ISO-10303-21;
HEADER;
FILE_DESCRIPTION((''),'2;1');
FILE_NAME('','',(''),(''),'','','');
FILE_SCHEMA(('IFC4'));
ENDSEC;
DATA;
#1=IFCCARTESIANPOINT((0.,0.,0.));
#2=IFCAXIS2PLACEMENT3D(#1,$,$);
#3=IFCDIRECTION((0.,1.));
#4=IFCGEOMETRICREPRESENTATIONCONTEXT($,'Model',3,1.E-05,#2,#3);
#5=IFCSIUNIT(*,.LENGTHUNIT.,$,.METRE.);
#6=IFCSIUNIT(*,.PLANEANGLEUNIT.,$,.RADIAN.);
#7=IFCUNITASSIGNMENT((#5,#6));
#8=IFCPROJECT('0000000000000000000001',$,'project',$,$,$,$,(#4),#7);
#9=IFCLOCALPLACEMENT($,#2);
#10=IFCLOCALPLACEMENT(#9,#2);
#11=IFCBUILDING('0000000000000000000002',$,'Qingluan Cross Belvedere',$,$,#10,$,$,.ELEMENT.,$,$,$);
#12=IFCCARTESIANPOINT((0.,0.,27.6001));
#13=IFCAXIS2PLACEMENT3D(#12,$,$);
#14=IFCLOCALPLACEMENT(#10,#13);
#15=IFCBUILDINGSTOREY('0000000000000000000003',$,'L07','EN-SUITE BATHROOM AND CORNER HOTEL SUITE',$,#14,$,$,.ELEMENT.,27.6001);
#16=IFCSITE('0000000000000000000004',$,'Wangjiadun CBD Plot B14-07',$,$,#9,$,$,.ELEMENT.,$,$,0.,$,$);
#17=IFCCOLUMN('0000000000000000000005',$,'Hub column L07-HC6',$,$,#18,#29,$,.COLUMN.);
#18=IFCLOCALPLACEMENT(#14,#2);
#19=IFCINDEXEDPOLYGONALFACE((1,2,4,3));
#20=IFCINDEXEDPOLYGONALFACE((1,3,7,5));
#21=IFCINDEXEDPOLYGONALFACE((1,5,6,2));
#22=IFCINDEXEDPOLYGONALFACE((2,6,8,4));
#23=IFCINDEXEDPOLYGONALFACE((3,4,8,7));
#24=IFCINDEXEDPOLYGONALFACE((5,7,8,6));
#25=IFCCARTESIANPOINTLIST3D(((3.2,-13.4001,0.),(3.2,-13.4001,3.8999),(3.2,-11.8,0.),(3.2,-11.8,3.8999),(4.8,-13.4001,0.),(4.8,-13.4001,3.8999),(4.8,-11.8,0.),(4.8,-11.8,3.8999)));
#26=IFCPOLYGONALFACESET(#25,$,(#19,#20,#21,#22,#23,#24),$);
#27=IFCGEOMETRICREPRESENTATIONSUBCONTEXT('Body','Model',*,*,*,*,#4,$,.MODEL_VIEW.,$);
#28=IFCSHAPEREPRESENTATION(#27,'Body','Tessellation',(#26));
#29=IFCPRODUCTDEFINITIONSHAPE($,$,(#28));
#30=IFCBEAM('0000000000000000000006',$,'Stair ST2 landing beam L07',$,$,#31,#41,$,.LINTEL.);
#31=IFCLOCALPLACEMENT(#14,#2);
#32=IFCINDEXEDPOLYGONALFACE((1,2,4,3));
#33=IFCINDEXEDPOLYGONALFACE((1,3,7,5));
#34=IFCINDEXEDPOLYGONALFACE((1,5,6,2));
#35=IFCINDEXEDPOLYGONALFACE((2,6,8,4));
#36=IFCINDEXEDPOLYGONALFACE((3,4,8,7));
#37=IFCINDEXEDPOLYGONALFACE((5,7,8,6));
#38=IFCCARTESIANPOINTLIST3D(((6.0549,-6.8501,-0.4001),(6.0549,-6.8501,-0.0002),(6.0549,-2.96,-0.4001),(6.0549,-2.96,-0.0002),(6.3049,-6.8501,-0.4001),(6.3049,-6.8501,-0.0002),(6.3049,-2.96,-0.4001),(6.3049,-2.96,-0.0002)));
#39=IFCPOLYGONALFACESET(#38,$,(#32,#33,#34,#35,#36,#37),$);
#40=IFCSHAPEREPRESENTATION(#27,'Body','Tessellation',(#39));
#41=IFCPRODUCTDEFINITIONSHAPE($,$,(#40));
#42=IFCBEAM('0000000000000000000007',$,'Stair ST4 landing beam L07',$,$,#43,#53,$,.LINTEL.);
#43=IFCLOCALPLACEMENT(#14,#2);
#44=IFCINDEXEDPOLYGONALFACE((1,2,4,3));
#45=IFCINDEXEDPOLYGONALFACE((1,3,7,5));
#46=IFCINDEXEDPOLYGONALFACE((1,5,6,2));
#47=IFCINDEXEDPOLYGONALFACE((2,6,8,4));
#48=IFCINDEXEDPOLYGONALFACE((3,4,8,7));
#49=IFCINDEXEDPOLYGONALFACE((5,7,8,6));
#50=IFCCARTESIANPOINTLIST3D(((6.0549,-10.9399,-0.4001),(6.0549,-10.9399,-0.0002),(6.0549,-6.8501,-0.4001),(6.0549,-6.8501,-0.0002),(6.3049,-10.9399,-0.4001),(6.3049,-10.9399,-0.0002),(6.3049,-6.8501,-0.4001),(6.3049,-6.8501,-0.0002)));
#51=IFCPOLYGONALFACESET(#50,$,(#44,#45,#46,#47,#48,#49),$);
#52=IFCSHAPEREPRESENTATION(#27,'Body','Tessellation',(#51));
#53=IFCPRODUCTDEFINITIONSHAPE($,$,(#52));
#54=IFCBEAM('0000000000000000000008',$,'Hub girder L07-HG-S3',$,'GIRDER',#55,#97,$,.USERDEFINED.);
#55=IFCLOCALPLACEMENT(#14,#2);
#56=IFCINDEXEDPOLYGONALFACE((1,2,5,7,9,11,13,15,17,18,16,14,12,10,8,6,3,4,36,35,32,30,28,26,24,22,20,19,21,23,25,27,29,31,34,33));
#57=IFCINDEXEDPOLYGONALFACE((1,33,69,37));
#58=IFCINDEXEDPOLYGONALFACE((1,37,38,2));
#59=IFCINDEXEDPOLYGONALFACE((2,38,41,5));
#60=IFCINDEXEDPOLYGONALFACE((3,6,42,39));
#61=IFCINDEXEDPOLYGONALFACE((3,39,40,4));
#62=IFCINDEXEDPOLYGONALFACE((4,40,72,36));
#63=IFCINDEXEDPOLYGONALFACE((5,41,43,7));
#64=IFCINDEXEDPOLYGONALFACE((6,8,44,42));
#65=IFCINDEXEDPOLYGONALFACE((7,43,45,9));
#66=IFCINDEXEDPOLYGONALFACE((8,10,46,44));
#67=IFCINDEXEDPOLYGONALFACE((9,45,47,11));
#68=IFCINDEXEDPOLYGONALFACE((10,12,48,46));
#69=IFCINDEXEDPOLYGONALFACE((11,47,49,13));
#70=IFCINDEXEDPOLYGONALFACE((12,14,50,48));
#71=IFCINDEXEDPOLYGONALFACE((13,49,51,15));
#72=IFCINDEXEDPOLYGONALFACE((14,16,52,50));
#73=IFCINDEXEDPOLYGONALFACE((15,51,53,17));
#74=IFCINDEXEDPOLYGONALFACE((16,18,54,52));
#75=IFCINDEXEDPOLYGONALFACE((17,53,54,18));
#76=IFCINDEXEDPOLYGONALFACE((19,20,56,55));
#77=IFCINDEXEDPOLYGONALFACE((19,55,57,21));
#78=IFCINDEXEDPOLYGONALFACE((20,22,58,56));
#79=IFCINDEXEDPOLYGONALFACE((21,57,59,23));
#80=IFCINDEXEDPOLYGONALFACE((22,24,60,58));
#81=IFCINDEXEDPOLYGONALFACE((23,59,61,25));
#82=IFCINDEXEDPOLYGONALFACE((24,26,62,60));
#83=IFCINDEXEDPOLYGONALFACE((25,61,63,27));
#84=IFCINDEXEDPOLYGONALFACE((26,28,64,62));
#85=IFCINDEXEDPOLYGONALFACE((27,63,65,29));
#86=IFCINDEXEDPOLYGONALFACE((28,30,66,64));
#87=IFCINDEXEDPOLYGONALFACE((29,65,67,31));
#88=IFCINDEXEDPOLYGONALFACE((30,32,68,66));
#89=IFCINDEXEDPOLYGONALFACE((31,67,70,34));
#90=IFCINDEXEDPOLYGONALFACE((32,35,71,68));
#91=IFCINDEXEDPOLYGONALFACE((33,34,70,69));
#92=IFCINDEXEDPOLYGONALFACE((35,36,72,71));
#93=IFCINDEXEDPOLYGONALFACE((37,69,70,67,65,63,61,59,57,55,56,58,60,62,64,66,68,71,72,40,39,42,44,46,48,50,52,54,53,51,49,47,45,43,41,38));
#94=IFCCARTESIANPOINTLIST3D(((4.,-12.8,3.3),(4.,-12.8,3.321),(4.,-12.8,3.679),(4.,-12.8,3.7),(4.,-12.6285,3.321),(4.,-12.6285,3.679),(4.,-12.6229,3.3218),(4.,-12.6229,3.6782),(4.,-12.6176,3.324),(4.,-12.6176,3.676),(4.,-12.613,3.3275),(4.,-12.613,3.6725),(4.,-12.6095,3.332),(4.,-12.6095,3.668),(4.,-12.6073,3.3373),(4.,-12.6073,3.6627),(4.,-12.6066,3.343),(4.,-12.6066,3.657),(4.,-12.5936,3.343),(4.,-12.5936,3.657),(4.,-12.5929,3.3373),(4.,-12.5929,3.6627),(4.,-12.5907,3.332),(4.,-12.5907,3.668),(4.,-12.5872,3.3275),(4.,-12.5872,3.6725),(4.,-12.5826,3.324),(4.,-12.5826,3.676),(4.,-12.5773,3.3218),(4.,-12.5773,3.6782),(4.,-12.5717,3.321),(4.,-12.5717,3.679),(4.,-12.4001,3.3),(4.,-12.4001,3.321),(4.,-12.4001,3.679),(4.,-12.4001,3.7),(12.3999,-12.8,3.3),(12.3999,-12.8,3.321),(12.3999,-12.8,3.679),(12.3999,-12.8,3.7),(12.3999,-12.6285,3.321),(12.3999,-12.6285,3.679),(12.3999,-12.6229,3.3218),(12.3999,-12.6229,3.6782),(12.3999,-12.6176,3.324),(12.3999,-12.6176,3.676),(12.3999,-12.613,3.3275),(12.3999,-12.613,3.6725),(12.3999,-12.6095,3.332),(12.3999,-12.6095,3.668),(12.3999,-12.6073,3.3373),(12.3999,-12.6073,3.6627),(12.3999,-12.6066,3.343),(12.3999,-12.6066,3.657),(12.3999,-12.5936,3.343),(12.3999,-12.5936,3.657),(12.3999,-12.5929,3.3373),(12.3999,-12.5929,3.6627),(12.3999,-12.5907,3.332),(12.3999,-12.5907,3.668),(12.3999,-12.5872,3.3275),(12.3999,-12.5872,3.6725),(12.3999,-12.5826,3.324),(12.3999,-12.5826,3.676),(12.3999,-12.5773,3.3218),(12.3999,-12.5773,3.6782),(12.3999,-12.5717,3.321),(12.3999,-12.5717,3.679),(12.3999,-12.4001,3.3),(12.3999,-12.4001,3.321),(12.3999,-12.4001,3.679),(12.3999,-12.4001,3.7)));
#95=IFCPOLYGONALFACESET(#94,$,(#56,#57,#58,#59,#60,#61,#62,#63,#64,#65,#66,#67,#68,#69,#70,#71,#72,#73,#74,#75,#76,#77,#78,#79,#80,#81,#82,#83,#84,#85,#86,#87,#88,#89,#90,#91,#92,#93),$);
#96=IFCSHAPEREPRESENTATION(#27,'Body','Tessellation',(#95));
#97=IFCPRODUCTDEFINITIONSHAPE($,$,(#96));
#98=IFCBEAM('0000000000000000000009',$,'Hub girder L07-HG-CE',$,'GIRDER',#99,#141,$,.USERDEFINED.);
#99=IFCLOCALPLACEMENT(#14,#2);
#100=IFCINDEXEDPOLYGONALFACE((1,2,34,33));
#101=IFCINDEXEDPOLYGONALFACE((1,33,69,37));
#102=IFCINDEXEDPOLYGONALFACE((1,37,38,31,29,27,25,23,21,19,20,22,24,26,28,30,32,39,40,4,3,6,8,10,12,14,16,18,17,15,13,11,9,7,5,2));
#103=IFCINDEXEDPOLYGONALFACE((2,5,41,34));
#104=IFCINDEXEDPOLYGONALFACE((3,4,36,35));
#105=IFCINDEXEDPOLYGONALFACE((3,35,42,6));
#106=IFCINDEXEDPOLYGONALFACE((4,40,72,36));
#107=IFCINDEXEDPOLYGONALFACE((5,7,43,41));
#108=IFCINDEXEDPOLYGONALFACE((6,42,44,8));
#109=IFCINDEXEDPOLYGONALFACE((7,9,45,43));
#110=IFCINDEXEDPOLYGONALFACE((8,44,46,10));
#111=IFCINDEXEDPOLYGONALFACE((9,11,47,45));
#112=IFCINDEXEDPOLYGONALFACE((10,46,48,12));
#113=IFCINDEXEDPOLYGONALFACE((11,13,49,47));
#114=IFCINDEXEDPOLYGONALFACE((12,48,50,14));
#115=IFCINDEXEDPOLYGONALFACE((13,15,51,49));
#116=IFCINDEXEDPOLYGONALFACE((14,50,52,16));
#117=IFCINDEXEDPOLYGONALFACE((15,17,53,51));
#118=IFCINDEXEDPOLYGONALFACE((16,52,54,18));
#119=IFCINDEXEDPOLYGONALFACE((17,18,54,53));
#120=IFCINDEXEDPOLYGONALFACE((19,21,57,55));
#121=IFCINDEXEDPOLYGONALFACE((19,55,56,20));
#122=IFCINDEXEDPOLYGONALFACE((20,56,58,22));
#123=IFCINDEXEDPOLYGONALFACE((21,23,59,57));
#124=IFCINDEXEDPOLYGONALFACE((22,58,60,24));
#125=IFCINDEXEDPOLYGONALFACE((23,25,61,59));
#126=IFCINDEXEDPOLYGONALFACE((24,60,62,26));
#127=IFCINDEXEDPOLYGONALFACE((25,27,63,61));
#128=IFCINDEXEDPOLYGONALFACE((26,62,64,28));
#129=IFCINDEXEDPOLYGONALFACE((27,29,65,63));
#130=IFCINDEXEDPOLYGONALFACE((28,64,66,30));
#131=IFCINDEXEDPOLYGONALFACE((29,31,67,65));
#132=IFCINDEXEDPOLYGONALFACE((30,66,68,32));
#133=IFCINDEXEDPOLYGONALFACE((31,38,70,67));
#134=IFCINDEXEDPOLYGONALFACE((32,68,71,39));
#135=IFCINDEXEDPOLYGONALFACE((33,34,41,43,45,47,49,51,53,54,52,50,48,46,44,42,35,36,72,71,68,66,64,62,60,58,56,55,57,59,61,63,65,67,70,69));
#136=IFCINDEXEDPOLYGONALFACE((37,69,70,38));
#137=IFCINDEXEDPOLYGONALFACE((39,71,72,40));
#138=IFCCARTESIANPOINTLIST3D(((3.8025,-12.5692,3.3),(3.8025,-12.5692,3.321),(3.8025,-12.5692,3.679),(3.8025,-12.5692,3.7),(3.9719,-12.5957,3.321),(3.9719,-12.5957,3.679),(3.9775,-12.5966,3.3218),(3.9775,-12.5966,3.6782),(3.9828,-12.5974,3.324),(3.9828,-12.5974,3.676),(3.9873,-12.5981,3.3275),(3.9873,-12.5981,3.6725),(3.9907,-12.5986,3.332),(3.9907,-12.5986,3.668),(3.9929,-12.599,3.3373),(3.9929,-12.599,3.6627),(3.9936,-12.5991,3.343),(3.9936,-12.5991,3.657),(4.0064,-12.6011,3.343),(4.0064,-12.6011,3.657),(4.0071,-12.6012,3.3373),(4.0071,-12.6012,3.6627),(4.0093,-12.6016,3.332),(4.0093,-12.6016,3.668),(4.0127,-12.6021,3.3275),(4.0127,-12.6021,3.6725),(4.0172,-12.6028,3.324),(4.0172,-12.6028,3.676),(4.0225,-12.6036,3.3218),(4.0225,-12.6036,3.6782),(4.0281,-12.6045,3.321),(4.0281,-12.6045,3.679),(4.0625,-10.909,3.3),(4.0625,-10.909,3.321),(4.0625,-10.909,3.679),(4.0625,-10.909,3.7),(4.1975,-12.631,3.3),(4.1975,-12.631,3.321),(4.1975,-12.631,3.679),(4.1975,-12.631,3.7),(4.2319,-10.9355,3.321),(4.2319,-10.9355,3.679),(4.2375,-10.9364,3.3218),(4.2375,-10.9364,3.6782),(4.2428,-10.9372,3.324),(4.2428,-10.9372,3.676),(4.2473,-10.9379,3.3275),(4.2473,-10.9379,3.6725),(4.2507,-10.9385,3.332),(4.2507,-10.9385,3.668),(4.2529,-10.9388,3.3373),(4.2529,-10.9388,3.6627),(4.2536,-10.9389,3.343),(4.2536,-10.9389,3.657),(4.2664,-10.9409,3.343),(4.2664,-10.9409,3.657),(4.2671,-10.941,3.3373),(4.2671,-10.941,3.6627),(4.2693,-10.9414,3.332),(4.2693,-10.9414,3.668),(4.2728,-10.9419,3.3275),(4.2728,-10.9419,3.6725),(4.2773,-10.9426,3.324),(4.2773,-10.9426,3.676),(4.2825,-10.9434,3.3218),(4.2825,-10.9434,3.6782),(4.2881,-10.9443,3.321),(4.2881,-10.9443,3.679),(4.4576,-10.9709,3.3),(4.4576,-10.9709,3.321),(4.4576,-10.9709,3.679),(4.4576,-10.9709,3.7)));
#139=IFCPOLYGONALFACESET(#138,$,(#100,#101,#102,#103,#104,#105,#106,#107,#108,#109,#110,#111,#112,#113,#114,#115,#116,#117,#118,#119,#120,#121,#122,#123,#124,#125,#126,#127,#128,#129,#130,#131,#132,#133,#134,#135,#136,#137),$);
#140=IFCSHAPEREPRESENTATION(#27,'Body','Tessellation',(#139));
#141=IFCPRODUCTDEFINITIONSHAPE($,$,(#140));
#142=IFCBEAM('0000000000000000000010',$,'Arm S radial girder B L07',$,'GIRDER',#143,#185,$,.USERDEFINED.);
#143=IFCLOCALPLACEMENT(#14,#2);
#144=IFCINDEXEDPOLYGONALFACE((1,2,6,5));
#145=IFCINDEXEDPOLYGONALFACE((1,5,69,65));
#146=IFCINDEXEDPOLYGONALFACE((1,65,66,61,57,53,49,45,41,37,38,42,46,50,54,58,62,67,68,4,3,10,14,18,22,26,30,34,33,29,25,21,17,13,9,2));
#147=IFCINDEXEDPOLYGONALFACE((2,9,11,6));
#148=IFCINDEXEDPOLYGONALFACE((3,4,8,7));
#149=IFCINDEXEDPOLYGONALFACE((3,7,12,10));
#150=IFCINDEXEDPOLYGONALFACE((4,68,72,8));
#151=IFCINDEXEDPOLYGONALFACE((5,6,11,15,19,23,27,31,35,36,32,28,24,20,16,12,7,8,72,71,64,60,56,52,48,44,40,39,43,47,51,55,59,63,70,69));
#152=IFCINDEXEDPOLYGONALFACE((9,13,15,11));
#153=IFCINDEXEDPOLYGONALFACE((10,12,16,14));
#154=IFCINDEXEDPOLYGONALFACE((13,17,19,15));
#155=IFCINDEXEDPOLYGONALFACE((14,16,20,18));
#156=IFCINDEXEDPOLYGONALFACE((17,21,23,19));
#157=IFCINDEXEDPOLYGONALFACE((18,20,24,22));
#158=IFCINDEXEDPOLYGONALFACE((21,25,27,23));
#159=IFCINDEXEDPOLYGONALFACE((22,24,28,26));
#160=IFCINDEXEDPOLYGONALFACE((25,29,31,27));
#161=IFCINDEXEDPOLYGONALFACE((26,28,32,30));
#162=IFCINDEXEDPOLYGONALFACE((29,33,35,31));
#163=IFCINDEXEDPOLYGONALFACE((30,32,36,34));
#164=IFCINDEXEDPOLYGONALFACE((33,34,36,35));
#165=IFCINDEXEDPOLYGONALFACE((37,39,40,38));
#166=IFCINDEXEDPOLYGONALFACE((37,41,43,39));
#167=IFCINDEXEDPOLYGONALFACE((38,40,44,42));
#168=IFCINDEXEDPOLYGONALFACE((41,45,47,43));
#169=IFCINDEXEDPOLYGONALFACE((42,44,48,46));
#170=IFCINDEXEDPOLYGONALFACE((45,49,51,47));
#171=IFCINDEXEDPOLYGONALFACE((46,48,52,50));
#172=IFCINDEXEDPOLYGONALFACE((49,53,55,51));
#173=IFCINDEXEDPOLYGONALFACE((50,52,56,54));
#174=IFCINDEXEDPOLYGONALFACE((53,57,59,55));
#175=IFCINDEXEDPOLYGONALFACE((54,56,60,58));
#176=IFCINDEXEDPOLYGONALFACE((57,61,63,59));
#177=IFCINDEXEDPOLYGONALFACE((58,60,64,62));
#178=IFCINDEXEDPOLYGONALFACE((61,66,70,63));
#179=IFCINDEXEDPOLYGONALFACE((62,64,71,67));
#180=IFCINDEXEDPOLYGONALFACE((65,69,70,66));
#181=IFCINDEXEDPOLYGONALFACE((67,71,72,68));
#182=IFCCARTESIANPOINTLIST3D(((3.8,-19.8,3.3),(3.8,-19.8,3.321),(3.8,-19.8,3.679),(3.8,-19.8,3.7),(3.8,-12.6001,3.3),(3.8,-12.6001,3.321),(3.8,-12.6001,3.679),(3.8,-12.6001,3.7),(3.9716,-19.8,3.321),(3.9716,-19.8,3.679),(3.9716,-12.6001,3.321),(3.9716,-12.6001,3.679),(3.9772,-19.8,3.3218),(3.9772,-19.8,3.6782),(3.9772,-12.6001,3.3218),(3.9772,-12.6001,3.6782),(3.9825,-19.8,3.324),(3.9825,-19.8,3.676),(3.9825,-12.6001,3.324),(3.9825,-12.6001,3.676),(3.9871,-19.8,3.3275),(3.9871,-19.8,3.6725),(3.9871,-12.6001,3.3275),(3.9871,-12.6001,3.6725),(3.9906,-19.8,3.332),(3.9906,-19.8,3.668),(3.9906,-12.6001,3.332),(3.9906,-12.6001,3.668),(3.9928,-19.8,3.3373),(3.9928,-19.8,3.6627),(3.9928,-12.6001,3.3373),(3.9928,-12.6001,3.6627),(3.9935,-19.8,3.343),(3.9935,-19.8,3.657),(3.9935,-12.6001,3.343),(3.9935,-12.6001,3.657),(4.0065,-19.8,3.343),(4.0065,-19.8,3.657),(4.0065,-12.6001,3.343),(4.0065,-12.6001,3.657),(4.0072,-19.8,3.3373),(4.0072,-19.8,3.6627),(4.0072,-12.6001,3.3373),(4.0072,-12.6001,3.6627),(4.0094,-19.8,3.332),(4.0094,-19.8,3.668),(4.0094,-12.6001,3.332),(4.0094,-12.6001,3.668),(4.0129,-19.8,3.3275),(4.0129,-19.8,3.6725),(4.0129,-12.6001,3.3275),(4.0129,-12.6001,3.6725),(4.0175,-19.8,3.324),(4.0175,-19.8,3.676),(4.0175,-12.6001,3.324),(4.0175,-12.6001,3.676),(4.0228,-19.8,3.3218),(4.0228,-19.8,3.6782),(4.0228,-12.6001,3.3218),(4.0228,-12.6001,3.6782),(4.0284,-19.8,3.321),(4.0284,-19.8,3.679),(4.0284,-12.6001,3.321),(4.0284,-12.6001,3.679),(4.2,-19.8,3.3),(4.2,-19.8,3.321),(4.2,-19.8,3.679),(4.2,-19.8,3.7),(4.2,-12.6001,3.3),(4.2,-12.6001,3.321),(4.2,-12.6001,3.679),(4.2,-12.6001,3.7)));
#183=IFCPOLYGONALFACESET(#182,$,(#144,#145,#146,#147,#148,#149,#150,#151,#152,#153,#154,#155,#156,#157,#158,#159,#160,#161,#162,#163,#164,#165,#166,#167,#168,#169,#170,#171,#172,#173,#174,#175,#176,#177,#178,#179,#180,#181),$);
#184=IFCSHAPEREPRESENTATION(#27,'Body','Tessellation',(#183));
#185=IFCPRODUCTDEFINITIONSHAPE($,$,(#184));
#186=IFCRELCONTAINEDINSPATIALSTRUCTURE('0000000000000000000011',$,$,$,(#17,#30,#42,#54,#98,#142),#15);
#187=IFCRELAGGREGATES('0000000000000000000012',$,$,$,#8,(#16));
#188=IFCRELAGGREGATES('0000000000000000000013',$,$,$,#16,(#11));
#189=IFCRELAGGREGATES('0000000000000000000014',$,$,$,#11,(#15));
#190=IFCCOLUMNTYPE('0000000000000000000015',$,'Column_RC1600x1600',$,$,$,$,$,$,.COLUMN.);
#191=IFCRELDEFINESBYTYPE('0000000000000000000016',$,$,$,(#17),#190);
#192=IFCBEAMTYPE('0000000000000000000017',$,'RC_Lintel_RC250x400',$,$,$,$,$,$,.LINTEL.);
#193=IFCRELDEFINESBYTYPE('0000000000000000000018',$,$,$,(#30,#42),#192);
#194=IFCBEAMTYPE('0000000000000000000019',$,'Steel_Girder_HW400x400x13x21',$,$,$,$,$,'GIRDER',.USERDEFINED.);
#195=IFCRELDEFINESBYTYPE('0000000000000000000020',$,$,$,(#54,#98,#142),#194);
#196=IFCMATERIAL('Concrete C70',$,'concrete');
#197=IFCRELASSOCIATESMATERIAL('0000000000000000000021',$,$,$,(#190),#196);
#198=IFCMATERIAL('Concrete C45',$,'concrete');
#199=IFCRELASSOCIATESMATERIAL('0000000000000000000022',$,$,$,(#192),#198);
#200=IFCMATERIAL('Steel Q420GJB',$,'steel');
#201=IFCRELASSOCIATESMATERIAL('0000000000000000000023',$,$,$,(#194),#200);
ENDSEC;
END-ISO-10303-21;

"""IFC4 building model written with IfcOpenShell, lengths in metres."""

from ifc_helpers import new_model, si_unit, direction, frame, origin, origin_2d, place, context, subcontext, project, spatial, rectangle, i_section, extrude, material, material_profile, profile_set, type_object, element, save


model = new_model("IFC4")

# Units and contexts
model_context = context("Model", 3, precision=1e-05, world=origin(), true_north=direction((0.0, 1.0)))
body_context = subcontext(model_context, "Body", "Model", "MODEL_VIEW")
ifc_project = project(units=[si_unit("LENGTHUNIT", "METRE"), si_unit("PLANEANGLEUNIT", "RADIAN")], contexts=[model_context])

# Site, building, storey
site_placement = place(None, origin())
site = spatial("IfcSite", under=ifc_project, at=site_placement, Name="Wangjiadun CBD Plot B14-07", CompositionType="ELEMENT", RefElevation=0.0)
building_placement = place(site_placement, origin())
building = spatial("IfcBuilding", under=site, at=building_placement, Name="Qingluan Cross Belvedere", CompositionType="ELEMENT")
storey_placement = place(building_placement, frame((0.0, 0.0, 27.6001)))
storey = spatial("IfcBuildingStorey", under=building, at=storey_placement, Name="L07", Description="EN-SUITE BATHROOM AND CORNER HOTEL SUITE", CompositionType="ELEMENT", Elevation=27.6001)

# Column
ifc_material_1 = material(Name="Concrete C70", Category="concrete")
ifc_material_profile_1 = material_profile(ifc_material_1, rectangle(XDim=1.6001, YDim=1.6001, at=origin_2d()), Name="RC1600x1600")
ifc_profile_set_1 = profile_set([ifc_material_profile_1], Name="Concrete C70")
column_type = type_object("IfcColumnType", Name="Column_RC1600x1600", PredefinedType="COLUMN", material=ifc_profile_set_1)
column_placement = place(storey_placement, frame((4.0, -12.6001, 0.0), z_axis=(0.0, 0.0, 1.0), x_axis=(1.0, 0.0, 0.0)))
element("IfcColumn", 1, at=column_placement, inside=storey, type_object=column_type, Name="Hub column L07-HC6", PredefinedType="COLUMN", context=body_context, shape_type="SweptSolid", body=[
    extrude(rectangle(XDim=1.6001, YDim=1.6001, at=origin_2d()), origin(), (0.0, 0.0, 1.0), 3.8999),
])

# Beams
ifc_material_2 = material(Name="Concrete C45", Category="concrete")
ifc_material_profile_2 = material_profile(ifc_material_2, rectangle(XDim=0.25, YDim=0.3999, at=origin_2d()), Name="RC250x400")
ifc_profile_set_2 = profile_set([ifc_material_profile_2], Name="Concrete C45")
beam_type_1 = type_object("IfcBeamType", Name="RC_Lintel_RC250x400", PredefinedType="LINTEL", material=ifc_profile_set_2)
beam_1_placement = place(storey_placement, frame((6.1799, -6.8501, -0.2002), z_axis=(0.0, 1.0, 0.0), x_axis=(-1.0, 0.0, 0.0)))
element("IfcBeam", 2, at=beam_1_placement, inside=storey, type_object=beam_type_1, Name="Stair ST2 landing beam L07", PredefinedType="LINTEL", context=body_context, shape_type="SweptSolid", body=[
    extrude(rectangle(XDim=0.25, YDim=0.3999, at=origin_2d()), origin(), (0.0, 0.0, 1.0), 3.8901),
])
beam_2_placement = place(storey_placement, frame((6.1799, -10.9399, -0.2002), z_axis=(0.0, 1.0, 0.0), x_axis=(-1.0, 0.0, 0.0)))
element("IfcBeam", 3, at=beam_2_placement, inside=storey, type_object=beam_type_1, Name="Stair ST4 landing beam L07", PredefinedType="LINTEL", context=body_context, shape_type="SweptSolid", body=[
    extrude(rectangle(XDim=0.25, YDim=0.3999, at=origin_2d()), origin(), (0.0, 0.0, 1.0), 4.0898),
])
ifc_material_3 = material(Name="Steel Q420GJB", Category="steel")
ifc_material_profile_3 = material_profile(ifc_material_3, i_section(OverallWidth=0.3999, OverallDepth=0.3999, WebThickness=0.0129, FlangeThickness=0.021, FilletRadius=0.022, at=origin_2d()), Name="HW400x400x13x21")
ifc_profile_set_3 = profile_set([ifc_material_profile_3], Name="Steel Q420GJB")
beam_type_2 = type_object("IfcBeamType", Name="Steel_Girder_HW400x400x13x21", ElementType="GIRDER", PredefinedType="USERDEFINED", material=ifc_profile_set_3)
beam_3_placement = place(storey_placement, frame((4.0, -12.6001, 3.5), z_axis=(1.0, 0.0, 0.0), x_axis=(0.0, 1.0, 0.0)))
element("IfcBeam", 4, at=beam_3_placement, inside=storey, type_object=beam_type_2, Name="Hub girder L07-HG-S3", ObjectType="GIRDER", PredefinedType="USERDEFINED", context=body_context, shape_type="SweptSolid", body=[
    extrude(i_section(OverallWidth=0.3999, OverallDepth=0.3999, WebThickness=0.0129, FlangeThickness=0.021, FilletRadius=0.022, at=origin_2d()), origin(), (0.0, 0.0, 1.0), 8.3999),
])
beam_4_placement = place(storey_placement, frame((4.0, -12.6001, 3.5), z_axis=(0.154731, 0.987957, 0.0), x_axis=(-0.987957, 0.154731, 0.0)))
element("IfcBeam", 5, at=beam_4_placement, inside=storey, type_object=beam_type_2, Name="Hub girder L07-HG-CE", ObjectType="GIRDER", PredefinedType="USERDEFINED", context=body_context, shape_type="SweptSolid", body=[
    extrude(i_section(OverallWidth=0.3999, OverallDepth=0.3999, WebThickness=0.0129, FlangeThickness=0.021, FilletRadius=0.022, at=origin_2d()), origin(), (0.0, 0.0, 1.0), 1.6804),
])
beam_5_placement = place(storey_placement, frame((4.0, -12.6001, 3.5), z_axis=(0.0, -1.0, 0.0), x_axis=(1.0, 0.0, 0.0)))
element("IfcBeam", 6, at=beam_5_placement, inside=storey, type_object=beam_type_2, Name="Arm S radial girder B L07", ObjectType="GIRDER", PredefinedType="USERDEFINED", context=body_context, shape_type="SweptSolid", body=[
    extrude(i_section(OverallWidth=0.3999, OverallDepth=0.3999, WebThickness=0.0129, FlangeThickness=0.021, FilletRadius=0.022, at=origin_2d()), origin(), (0.0, 0.0, 1.0), 7.2),
])

save(model, "model.ifc")
